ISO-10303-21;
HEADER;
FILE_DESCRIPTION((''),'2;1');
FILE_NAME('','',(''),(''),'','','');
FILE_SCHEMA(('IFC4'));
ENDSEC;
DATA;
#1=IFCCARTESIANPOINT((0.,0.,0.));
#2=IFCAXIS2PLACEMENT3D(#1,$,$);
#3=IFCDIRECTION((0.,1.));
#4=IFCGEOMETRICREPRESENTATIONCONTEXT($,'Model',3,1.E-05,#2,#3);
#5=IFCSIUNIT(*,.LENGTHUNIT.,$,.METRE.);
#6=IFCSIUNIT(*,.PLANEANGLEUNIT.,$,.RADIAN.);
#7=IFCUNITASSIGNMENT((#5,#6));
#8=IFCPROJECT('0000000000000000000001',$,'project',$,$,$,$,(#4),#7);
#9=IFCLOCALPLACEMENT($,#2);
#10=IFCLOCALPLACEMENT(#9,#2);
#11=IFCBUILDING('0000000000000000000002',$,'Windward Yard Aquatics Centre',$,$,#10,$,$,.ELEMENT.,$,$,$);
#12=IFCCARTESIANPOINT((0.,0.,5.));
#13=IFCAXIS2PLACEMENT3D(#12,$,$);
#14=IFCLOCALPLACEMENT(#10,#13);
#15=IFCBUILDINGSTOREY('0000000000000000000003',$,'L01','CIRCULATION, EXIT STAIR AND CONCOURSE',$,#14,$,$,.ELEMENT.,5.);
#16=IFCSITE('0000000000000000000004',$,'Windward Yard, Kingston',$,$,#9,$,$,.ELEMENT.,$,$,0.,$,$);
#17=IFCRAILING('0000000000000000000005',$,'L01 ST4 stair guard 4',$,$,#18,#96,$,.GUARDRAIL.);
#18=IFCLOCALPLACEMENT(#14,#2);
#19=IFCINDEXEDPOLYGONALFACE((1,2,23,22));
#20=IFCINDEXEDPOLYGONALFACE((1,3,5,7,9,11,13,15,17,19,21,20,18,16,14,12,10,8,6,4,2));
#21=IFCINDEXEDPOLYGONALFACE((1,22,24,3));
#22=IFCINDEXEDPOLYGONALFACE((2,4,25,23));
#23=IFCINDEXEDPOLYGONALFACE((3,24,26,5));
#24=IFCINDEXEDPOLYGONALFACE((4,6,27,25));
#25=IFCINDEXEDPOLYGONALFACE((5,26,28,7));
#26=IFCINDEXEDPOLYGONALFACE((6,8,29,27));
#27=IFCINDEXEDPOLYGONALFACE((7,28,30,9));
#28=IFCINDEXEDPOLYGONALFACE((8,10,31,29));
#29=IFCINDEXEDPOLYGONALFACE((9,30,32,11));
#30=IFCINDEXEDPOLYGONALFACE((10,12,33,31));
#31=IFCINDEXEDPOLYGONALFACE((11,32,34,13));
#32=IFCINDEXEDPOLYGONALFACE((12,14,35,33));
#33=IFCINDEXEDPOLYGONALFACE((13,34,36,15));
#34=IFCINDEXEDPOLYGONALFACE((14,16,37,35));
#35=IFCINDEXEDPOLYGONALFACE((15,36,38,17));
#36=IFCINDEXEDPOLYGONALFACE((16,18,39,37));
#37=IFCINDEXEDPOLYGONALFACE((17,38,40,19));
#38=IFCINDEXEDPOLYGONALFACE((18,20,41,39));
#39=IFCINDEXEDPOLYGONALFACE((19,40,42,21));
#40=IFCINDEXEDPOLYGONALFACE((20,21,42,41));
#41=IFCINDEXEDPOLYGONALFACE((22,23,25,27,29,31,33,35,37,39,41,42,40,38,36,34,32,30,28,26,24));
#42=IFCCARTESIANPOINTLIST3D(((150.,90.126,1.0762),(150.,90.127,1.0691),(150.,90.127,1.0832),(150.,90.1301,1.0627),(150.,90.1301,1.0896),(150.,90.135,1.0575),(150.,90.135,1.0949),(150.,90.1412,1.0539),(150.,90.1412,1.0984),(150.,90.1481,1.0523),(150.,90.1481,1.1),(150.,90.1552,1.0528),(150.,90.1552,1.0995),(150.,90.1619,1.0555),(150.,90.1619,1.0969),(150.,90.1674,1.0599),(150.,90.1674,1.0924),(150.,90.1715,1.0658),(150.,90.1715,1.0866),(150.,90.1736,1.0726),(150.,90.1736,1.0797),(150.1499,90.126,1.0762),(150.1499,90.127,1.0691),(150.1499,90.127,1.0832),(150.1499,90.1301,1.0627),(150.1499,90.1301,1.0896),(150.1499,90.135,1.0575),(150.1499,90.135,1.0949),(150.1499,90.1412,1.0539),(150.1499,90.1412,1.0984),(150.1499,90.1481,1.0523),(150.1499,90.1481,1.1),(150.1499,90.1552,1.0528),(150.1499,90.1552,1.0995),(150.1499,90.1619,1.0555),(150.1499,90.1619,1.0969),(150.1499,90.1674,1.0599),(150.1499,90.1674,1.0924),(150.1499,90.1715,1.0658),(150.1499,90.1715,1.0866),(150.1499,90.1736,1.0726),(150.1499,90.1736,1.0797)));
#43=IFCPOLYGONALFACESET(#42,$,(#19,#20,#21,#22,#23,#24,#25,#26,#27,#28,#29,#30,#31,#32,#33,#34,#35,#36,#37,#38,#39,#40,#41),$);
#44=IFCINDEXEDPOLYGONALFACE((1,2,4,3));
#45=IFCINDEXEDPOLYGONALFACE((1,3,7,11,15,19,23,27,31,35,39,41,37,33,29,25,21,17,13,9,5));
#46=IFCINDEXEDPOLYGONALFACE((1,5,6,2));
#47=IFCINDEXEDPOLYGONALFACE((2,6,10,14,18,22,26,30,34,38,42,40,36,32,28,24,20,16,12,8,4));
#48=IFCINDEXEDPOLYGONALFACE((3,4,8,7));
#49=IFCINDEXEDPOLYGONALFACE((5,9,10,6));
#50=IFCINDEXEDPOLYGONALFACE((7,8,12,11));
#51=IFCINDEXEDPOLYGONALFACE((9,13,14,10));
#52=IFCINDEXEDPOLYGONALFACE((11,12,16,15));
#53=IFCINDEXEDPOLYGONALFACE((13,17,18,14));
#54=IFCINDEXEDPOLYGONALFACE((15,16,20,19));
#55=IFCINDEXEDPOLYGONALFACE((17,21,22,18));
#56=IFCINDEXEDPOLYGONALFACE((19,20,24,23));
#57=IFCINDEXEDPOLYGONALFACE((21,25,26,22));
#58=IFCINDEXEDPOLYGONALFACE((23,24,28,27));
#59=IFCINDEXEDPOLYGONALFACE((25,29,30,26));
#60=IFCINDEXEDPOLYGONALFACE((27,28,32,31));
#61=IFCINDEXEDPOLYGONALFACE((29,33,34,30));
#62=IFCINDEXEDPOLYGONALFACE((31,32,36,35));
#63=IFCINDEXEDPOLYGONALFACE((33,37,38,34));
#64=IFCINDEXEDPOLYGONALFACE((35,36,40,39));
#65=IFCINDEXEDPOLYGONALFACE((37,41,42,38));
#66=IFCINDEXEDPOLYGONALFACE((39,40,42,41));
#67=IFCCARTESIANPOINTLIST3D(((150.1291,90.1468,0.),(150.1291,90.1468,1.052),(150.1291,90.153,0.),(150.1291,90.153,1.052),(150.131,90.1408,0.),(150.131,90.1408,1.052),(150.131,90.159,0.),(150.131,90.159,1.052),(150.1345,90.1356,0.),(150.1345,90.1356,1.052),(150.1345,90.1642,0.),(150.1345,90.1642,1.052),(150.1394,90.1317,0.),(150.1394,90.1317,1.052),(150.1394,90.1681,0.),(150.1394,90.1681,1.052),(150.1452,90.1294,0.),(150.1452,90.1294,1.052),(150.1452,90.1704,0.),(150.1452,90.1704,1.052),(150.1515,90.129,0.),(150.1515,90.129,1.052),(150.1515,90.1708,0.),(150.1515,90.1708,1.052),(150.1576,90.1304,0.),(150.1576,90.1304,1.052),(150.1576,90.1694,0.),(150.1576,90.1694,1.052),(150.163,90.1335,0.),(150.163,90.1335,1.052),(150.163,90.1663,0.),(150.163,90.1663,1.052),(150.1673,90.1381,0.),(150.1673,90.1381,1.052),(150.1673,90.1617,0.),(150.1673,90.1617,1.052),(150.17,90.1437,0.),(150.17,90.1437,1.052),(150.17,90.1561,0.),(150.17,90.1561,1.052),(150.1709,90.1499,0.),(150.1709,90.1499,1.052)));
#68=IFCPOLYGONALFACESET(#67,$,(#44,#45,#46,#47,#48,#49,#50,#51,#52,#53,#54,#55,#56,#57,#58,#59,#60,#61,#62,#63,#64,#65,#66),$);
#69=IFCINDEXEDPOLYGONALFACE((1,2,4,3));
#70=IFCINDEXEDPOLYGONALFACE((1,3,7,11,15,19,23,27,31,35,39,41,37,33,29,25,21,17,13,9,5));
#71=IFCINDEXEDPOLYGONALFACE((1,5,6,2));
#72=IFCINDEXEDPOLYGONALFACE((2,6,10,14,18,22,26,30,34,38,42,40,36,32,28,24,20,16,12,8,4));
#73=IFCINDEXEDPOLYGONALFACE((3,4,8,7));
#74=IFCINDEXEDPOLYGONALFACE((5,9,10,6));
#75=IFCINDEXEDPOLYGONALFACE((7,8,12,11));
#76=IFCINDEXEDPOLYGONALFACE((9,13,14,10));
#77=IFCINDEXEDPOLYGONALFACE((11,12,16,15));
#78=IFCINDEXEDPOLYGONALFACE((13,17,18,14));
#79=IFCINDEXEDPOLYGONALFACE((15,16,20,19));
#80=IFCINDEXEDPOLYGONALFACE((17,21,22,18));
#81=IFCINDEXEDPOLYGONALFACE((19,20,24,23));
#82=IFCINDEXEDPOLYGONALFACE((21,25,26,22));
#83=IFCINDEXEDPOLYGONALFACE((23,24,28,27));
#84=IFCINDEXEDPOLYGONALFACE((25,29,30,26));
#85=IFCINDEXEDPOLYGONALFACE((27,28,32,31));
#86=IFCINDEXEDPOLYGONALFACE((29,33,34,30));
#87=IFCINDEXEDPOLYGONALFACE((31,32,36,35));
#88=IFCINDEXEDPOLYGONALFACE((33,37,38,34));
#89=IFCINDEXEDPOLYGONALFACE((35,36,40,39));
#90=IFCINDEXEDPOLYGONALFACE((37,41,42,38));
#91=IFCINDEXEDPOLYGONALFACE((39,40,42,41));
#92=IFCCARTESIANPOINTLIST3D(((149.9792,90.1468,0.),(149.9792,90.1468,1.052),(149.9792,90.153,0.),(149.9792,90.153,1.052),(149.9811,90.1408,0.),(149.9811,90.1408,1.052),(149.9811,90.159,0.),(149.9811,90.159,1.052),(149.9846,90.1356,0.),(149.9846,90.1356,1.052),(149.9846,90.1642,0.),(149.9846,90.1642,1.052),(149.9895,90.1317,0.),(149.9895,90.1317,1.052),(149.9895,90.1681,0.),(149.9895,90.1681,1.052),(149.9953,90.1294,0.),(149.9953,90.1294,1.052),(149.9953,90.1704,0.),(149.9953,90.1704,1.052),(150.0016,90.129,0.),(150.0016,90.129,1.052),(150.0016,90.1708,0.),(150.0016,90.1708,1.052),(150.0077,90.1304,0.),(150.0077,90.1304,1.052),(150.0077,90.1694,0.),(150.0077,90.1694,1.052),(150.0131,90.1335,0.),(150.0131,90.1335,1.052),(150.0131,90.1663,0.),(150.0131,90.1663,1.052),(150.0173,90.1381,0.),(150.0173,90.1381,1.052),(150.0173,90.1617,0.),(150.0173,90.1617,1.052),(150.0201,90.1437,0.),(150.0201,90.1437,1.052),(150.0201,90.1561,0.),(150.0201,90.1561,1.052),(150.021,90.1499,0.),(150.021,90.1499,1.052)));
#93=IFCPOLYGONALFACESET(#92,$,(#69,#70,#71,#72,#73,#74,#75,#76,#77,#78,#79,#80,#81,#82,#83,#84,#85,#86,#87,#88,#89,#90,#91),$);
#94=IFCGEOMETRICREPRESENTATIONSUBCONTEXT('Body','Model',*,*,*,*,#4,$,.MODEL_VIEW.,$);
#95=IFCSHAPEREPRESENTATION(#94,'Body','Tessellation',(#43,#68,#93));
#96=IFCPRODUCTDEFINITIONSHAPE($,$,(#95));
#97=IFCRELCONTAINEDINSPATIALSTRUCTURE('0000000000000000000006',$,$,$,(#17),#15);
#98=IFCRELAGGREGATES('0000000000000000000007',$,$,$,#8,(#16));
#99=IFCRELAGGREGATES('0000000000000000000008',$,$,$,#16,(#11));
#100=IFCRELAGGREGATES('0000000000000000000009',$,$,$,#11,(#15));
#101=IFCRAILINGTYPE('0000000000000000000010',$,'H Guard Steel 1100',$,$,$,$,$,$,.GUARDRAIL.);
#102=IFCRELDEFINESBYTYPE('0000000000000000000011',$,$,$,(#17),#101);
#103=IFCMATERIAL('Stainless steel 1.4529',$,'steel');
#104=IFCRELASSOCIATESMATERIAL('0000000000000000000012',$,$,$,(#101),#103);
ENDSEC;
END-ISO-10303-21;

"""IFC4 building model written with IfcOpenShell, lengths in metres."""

from ifc_helpers import new_model, si_unit, direction, frame, origin, origin_2d, place, context, subcontext, project, spatial, circle, extrude, material, type_object, element, save


model = new_model("IFC4")

# Units and contexts
model_context = context("Model", 3, precision=1e-05, world=origin(), true_north=direction((0.0, 1.0)))
body_context = subcontext(model_context, "Body", "Model", "MODEL_VIEW")
ifc_project = project(units=[si_unit("LENGTHUNIT", "METRE"), si_unit("PLANEANGLEUNIT", "RADIAN")], contexts=[model_context])

# Site, building, storey
site_placement = place(None, origin())
site = spatial("IfcSite", under=ifc_project, at=site_placement, Name="Windward Yard, Kingston", CompositionType="ELEMENT", RefElevation=0.0)
building_placement = place(site_placement, origin())
building = spatial("IfcBuilding", under=site, at=building_placement, Name="Windward Yard Aquatics Centre", CompositionType="ELEMENT")
storey_placement = place(building_placement, frame((0.0, 0.0, 5.0)))
storey = spatial("IfcBuildingStorey", under=building, at=storey_placement, Name="L01", Description="CIRCULATION, EXIT STAIR AND CONCOURSE", CompositionType="ELEMENT", Elevation=5.0)

# Railing
ifc_material_1 = material(Name="Stainless steel 1.4529", Category="steel")
railing_type_1 = type_object("IfcRailingType", Name="H Guard Steel 1100", PredefinedType="GUARDRAIL", material=ifc_material_1)
railing_1_placement = place(storey_placement, frame((150.1499, 90.1499, 0.0)))
element("IfcRailing", 1, at=railing_1_placement, inside=storey, type_object=railing_type_1, Name="L01 ST4 stair guard 4", PredefinedType="GUARDRAIL", context=body_context, shape_type="SweptSolid", body=[
    extrude(circle(Radius=0.0239, at=origin_2d()), frame((0.0, 0.0, 1.0762), z_axis=(-1.0, 0.0, 0.0), x_axis=(0.0, -1.0, 0.0)), (0.0, 0.0, 1.0), 0.1499),
    extrude(circle(Radius=0.021, at=origin_2d()), origin(), (0.0, 0.0, 1.0), 1.052),
    extrude(circle(Radius=0.021, at=origin_2d()), frame((-0.1499, 0.0, 0.0)), (0.0, 0.0, 1.0), 1.052),
])

save(model, "model.ifc")
